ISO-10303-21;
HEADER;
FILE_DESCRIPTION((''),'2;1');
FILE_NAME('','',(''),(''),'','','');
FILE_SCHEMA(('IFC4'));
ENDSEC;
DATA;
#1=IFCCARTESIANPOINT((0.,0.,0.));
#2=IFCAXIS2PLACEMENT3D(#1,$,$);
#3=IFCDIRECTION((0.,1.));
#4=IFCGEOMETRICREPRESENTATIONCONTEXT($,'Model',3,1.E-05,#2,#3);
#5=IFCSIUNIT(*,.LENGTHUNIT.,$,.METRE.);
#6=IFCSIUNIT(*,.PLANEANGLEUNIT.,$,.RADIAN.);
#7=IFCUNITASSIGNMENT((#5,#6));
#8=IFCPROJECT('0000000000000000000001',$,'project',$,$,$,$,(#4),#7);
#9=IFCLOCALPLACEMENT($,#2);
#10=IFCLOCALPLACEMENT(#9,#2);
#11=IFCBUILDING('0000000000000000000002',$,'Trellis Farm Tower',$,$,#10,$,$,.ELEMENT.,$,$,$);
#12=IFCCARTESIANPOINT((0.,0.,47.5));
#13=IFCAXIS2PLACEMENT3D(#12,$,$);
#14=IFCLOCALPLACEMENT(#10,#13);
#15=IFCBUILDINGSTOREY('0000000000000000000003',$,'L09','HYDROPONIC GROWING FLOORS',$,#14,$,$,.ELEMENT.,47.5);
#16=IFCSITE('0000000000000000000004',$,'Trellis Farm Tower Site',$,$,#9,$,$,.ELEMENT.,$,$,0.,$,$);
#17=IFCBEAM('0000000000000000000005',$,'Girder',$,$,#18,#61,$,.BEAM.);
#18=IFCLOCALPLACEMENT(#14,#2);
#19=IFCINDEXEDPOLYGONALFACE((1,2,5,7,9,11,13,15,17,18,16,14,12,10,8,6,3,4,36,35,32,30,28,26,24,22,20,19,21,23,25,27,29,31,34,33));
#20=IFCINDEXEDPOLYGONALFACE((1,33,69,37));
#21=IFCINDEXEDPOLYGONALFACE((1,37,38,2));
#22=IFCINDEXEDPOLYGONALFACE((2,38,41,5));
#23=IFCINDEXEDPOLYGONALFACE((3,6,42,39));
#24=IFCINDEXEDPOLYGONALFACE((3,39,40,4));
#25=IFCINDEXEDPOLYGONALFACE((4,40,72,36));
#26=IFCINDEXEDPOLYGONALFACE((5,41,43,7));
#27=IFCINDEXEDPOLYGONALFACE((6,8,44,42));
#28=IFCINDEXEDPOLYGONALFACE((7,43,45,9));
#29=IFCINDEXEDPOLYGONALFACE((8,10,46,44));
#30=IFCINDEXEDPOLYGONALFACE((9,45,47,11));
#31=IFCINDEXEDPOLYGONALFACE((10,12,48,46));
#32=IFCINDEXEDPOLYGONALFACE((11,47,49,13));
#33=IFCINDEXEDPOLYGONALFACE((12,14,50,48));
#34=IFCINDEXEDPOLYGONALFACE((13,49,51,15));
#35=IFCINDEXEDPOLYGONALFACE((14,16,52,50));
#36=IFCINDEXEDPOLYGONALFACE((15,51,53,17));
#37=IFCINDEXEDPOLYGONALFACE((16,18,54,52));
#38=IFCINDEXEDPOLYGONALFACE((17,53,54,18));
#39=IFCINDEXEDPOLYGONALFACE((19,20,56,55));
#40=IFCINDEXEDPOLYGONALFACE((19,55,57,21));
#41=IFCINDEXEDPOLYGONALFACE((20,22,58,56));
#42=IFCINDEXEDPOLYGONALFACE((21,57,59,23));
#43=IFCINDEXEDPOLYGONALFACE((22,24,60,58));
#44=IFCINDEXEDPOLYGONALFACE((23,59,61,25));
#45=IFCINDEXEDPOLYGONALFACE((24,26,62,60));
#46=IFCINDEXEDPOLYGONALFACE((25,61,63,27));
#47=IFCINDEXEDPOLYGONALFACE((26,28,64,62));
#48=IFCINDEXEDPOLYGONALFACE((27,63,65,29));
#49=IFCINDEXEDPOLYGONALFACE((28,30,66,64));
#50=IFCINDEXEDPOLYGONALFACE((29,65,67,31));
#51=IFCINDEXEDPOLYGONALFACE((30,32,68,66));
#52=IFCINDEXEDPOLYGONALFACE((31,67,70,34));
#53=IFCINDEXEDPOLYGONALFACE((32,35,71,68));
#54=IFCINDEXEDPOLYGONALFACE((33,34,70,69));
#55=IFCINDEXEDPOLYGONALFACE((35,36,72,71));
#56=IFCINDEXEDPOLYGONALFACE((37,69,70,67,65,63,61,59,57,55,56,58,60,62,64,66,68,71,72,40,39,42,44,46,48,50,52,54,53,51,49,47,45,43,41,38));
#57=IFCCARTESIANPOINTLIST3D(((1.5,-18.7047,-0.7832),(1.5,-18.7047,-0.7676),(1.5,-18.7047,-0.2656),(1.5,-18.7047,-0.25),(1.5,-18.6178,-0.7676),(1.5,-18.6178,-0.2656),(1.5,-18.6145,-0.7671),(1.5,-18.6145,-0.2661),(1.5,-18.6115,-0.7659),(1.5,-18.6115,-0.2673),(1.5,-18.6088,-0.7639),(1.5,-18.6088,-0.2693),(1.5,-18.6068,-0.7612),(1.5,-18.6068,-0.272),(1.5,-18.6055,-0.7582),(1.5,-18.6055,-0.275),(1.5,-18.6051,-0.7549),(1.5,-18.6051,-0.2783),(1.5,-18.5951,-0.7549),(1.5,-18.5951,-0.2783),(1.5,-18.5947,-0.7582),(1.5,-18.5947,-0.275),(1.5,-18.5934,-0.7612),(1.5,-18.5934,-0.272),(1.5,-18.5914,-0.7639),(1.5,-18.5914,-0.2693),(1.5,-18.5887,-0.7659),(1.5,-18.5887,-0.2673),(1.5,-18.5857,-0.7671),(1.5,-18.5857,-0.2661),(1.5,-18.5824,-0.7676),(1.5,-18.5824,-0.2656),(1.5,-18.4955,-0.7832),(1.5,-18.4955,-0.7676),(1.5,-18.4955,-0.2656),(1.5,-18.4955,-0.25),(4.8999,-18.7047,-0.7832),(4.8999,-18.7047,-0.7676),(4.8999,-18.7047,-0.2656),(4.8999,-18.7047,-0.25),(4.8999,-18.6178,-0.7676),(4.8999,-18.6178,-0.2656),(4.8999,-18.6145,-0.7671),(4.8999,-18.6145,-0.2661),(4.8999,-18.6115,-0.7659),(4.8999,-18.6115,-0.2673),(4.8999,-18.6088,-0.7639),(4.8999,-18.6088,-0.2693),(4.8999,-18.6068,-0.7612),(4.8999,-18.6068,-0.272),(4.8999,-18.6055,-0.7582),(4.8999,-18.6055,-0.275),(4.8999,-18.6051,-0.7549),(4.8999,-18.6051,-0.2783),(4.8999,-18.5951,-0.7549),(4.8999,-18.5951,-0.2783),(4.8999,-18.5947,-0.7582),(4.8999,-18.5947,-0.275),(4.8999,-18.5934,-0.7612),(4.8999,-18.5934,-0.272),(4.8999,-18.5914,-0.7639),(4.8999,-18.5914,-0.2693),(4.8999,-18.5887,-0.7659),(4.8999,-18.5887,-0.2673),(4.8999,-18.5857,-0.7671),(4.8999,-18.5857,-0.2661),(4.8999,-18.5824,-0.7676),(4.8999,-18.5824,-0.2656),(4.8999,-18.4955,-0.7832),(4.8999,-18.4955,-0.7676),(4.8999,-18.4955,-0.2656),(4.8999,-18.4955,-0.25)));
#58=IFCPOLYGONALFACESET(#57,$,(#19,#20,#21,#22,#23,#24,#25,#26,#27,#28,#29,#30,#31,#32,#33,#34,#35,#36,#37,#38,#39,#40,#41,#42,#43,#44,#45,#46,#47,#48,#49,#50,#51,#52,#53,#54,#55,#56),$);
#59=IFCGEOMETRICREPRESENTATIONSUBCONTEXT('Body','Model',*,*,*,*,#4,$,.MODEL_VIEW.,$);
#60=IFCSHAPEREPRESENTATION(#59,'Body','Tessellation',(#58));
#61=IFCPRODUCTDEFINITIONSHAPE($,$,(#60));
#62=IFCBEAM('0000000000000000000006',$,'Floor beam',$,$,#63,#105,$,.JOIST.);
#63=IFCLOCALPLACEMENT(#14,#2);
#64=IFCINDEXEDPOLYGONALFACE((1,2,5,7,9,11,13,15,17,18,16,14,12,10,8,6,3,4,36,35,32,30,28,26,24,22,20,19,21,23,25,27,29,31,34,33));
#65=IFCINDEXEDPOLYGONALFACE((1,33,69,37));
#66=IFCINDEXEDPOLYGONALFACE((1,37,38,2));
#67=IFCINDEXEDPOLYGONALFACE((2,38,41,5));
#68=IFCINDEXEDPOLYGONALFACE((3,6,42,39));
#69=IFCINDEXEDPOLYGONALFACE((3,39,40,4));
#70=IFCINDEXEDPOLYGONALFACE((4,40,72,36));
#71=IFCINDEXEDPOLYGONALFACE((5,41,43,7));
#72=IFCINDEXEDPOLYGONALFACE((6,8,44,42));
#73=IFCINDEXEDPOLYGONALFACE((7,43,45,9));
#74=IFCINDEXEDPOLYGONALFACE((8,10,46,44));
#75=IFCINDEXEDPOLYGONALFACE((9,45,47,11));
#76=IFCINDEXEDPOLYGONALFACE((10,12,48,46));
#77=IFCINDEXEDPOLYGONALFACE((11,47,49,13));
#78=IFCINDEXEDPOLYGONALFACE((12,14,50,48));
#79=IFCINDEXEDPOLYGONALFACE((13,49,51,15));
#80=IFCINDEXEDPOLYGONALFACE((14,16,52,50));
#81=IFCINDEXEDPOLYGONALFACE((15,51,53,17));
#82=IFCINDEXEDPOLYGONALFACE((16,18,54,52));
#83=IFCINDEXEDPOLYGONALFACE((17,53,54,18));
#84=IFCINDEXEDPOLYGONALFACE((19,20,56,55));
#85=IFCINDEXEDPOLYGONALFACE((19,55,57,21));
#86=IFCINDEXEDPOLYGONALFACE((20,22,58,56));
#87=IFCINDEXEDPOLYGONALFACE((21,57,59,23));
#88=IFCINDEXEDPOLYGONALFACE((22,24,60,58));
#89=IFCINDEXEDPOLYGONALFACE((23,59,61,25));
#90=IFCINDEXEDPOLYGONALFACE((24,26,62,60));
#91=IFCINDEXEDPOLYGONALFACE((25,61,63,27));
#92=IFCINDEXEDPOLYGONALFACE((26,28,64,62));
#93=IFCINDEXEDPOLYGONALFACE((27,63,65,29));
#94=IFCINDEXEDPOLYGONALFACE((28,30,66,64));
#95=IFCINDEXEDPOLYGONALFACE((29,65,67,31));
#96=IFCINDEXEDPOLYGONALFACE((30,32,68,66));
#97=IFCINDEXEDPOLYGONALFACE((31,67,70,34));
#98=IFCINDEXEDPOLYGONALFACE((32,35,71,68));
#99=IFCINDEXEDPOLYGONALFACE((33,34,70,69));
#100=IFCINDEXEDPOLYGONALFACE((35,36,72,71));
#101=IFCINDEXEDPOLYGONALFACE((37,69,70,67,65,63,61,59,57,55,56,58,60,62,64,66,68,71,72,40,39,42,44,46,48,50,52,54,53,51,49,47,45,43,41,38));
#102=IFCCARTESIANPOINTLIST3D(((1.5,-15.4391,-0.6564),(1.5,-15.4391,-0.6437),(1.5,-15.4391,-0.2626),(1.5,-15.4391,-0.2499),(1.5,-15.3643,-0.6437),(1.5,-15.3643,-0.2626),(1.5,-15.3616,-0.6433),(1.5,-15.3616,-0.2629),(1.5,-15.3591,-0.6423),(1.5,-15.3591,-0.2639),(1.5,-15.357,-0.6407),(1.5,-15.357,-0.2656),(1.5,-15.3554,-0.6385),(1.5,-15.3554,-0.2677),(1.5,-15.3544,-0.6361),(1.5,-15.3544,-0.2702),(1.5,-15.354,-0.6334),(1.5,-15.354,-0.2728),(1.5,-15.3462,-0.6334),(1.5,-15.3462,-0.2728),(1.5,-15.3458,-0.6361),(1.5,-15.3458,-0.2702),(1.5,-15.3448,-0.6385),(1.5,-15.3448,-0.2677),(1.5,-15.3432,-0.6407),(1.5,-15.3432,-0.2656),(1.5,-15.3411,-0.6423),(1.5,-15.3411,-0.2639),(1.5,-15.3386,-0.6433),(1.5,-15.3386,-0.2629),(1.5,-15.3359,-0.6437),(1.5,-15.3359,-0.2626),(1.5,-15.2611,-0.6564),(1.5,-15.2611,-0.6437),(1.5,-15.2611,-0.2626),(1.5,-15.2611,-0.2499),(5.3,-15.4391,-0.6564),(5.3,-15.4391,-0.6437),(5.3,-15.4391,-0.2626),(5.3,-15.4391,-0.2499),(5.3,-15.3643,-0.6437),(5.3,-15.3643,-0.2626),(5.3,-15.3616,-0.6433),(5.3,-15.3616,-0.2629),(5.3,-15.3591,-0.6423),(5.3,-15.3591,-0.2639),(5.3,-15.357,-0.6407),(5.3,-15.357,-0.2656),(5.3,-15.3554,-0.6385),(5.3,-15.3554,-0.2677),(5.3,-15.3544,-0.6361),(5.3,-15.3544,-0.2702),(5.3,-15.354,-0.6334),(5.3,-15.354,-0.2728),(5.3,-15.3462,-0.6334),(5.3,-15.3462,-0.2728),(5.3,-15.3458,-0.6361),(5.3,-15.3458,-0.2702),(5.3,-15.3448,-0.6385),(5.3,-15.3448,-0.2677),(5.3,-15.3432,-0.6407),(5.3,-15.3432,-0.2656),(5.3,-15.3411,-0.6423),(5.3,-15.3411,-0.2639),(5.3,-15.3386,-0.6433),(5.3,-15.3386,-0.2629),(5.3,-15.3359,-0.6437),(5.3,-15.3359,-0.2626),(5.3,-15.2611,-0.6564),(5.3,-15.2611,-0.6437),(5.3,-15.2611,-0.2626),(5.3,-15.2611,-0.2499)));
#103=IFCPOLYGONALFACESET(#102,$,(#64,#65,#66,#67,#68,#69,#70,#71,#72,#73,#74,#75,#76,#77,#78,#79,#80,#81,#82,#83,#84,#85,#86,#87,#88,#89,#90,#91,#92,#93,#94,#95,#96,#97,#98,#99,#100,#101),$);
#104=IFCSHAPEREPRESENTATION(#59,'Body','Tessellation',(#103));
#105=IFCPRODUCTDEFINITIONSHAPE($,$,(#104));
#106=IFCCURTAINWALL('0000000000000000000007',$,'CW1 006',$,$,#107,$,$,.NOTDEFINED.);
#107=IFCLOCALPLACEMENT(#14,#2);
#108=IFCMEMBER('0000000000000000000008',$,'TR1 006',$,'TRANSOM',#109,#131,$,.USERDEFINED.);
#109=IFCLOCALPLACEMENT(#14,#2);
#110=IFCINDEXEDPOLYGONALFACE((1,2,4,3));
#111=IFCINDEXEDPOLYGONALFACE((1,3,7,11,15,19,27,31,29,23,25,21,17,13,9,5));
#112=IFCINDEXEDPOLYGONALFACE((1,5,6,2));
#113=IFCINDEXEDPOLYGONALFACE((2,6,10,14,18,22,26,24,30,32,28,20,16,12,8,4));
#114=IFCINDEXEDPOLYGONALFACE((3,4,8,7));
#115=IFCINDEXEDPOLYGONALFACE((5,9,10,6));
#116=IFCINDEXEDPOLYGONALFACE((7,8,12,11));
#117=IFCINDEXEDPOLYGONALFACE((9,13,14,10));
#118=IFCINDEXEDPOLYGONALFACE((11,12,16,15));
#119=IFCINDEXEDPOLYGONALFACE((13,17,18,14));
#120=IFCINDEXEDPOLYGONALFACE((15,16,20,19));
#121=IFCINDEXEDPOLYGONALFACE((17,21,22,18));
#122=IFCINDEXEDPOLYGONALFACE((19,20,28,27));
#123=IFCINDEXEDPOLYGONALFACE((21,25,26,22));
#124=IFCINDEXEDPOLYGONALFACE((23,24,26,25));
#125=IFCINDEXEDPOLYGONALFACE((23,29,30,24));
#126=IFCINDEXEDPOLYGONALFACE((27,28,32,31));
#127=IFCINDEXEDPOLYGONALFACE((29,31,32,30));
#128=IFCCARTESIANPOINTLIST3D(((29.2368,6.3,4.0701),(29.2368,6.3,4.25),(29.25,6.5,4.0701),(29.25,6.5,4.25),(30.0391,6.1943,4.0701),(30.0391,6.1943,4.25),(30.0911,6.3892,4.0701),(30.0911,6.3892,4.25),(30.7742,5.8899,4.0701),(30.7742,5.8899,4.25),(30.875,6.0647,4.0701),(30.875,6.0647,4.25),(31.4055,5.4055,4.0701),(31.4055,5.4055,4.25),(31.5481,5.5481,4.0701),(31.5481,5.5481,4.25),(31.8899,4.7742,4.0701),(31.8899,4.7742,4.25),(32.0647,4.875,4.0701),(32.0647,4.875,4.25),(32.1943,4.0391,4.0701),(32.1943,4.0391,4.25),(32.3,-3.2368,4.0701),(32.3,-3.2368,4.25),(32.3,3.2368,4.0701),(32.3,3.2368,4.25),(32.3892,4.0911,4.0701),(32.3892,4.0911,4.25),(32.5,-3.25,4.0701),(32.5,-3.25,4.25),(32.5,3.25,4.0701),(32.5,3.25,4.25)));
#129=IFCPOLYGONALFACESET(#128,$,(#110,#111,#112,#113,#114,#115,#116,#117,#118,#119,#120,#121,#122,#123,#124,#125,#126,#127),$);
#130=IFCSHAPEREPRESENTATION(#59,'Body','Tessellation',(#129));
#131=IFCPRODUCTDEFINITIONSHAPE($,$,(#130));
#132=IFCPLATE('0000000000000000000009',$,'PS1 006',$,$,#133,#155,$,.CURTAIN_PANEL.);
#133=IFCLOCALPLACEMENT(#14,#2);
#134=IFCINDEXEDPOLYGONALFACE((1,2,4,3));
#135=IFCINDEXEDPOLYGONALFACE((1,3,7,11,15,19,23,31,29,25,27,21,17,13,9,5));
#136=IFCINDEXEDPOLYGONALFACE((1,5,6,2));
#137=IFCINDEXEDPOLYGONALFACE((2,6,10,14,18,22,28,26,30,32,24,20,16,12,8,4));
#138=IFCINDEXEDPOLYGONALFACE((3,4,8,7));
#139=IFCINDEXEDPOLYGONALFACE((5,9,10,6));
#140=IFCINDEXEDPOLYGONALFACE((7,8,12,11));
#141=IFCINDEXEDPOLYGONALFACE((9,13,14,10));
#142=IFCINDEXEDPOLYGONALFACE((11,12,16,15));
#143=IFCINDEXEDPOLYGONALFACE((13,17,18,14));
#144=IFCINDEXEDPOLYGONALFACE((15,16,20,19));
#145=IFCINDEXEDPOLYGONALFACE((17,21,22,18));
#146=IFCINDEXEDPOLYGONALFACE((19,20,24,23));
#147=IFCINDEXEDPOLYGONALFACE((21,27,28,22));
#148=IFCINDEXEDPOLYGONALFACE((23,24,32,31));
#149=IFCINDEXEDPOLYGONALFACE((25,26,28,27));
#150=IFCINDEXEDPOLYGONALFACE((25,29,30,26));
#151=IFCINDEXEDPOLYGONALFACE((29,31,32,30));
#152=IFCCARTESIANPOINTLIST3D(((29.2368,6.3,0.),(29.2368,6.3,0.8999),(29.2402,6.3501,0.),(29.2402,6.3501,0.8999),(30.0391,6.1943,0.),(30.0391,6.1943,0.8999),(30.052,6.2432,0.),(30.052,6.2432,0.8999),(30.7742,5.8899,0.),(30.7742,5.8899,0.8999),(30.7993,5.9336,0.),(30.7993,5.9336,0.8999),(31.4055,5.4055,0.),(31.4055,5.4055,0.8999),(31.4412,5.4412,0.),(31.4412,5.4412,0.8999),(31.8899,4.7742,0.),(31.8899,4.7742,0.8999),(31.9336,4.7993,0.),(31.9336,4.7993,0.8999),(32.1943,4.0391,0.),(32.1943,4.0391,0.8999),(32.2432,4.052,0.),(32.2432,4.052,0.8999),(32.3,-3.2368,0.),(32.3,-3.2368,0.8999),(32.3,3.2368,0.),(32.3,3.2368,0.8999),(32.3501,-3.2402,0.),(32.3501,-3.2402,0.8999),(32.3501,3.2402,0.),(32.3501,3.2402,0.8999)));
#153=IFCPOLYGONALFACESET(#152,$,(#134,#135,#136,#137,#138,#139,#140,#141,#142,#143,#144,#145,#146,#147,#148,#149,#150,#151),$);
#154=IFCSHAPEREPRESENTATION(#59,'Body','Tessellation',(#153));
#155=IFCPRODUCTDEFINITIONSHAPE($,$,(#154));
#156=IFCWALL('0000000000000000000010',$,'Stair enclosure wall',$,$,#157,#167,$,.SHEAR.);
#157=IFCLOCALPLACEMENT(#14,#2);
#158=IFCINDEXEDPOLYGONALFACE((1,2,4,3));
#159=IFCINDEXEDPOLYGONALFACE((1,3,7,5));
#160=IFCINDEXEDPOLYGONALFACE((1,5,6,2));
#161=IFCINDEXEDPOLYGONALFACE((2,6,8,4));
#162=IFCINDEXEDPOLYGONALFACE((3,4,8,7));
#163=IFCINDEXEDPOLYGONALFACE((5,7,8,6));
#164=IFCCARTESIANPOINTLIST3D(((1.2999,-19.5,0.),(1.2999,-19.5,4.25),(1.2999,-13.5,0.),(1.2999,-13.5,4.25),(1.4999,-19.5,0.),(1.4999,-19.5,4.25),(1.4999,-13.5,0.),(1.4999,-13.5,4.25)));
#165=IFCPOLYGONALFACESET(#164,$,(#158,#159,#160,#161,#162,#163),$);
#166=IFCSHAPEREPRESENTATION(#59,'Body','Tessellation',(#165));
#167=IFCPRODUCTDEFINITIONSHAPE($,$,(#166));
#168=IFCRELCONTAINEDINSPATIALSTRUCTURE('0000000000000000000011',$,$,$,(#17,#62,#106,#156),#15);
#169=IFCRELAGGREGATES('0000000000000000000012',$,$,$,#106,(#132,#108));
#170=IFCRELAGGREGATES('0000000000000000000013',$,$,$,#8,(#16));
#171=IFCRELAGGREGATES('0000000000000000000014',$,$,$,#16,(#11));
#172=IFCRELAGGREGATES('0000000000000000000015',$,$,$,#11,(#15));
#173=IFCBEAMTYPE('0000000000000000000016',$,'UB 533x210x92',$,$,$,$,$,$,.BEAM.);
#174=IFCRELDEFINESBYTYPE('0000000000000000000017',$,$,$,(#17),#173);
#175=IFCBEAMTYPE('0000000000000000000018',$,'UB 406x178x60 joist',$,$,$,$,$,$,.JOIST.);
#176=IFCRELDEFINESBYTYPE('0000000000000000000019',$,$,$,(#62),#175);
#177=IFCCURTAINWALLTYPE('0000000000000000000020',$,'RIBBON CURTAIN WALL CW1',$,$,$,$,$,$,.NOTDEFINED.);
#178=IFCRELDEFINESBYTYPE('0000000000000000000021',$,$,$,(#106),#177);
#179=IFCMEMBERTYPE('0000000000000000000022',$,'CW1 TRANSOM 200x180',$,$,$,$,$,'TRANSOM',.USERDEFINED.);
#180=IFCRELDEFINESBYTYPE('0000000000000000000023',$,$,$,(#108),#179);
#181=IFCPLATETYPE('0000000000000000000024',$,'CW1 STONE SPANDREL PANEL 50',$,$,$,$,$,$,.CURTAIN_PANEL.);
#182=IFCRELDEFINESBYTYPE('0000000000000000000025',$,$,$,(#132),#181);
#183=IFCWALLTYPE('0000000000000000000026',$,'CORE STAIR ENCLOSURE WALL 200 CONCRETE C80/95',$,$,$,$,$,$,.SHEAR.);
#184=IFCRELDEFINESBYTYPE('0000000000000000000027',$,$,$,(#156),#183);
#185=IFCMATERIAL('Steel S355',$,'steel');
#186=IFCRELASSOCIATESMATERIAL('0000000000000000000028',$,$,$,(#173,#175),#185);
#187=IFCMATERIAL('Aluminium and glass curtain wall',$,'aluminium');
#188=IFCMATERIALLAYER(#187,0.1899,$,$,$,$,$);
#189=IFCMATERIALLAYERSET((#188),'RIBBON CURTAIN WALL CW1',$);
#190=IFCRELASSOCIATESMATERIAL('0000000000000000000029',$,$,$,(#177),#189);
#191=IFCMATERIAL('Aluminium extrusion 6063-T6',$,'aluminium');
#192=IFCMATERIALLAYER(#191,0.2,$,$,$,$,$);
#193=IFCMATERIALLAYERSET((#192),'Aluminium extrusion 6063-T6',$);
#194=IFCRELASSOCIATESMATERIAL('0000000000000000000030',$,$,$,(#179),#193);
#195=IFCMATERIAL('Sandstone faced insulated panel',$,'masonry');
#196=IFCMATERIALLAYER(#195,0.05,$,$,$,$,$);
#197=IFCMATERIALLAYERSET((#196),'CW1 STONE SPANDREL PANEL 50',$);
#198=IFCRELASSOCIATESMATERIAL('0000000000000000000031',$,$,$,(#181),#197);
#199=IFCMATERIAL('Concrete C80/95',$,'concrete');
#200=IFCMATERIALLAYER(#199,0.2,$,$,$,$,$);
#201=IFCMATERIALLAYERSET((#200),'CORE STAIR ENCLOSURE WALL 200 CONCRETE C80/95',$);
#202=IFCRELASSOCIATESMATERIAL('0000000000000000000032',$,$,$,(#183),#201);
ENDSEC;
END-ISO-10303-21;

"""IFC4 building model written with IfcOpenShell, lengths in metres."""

from ifc_helpers import new_model, si_unit, direction, frame, frame_2d, origin, origin_2d, place, context, subcontext, project, spatial, polyline, rectangle, i_section, outline, extrude, source, transform, mapped, material, layer, layer_set, material_profile, profile_set, type_object, element, aggregate, save


model = new_model("IFC4")

# Units and contexts
model_context = context("Model", 3, precision=1e-05, world=origin(), true_north=direction((0.0, 1.0)))
body_context = subcontext(model_context, "Body", "Model", "MODEL_VIEW")
ifc_project = project(units=[si_unit("LENGTHUNIT", "METRE"), si_unit("PLANEANGLEUNIT", "RADIAN")], contexts=[model_context])

# Site, building, storey
site_placement = place(None, origin())
site = spatial("IfcSite", under=ifc_project, at=site_placement, Name="Trellis Farm Tower Site", CompositionType="ELEMENT", RefElevation=0.0)
building_placement = place(site_placement, origin())
building = spatial("IfcBuilding", under=site, at=building_placement, Name="Trellis Farm Tower", CompositionType="ELEMENT")
storey_placement = place(building_placement, frame((0.0, 0.0, 47.5)))
storey = spatial("IfcBuildingStorey", under=building, at=storey_placement, Name="L09", Description="HYDROPONIC GROWING FLOORS", CompositionType="ELEMENT", Elevation=47.5)

# Beams
ifc_material_1 = material(Name="Steel S355", Category="steel")
ifc_material_profile_1 = material_profile(ifc_material_1, i_section(OverallWidth=0.2092, OverallDepth=0.5332, WebThickness=0.01, FlangeThickness=0.0156, FilletRadius=0.0127, at=origin_2d()), Name="UB 533x210x92")
ifc_profile_set_1 = profile_set([ifc_material_profile_1], Name="Steel S355")
beam_type_1 = type_object("IfcBeamType", Name="UB 533x210x92", PredefinedType="BEAM", material=ifc_profile_set_1)
shared_shape_1 = source(origin(), body_context, "Body", "SweptSolid", [
    extrude(i_section(OverallWidth=0.2092, OverallDepth=0.5332, WebThickness=0.01, FlangeThickness=0.0156, FilletRadius=0.0127, at=origin_2d()), origin(), (0.0, 0.0, 1.0), 3.3999),
])
beam_1_placement = place(storey_placement, frame((1.5, -18.6001, -0.5166), z_axis=(1.0, 0.0, 0.0), x_axis=(0.0, 1.0, 0.0)))
element("IfcBeam", 1, at=beam_1_placement, inside=storey, type_object=beam_type_1, Name="Girder", PredefinedType="BEAM", context=body_context, shape_type="MappedRepresentation", body=[
    mapped(shared_shape_1, transform((0.0, 0.0, 0.0))),
])
ifc_material_profile_2 = material_profile(ifc_material_1, i_section(OverallWidth=0.178, OverallDepth=0.4065, WebThickness=0.0078, FlangeThickness=0.0127, FilletRadius=0.0103, at=origin_2d()), Name="UB 406x178x60")
ifc_profile_set_2 = profile_set([ifc_material_profile_2], Name="Steel S355")
beam_type_2 = type_object("IfcBeamType", Name="UB 406x178x60 joist", PredefinedType="JOIST", material=ifc_profile_set_2)
shared_shape_2 = source(origin(), body_context, "Body", "SweptSolid", [
    extrude(i_section(OverallWidth=0.178, OverallDepth=0.4065, WebThickness=0.0078, FlangeThickness=0.0127, FilletRadius=0.0103, at=origin_2d()), origin(), (0.0, 0.0, 1.0), 3.8),
])
beam_2_placement = place(storey_placement, frame((1.5, -15.3501, -0.4531), z_axis=(1.0, 0.0, 0.0), x_axis=(0.0, 1.0, 0.0)))
element("IfcBeam", 2, at=beam_2_placement, inside=storey, type_object=beam_type_2, Name="Floor beam", PredefinedType="JOIST", context=body_context, shape_type="MappedRepresentation", body=[
    mapped(shared_shape_2, transform((0.0, 0.0, 0.0))),
])

# Curtain wall, member, plate
ifc_material_2 = material(Name="Aluminium and glass curtain wall", Category="aluminium")
ifc_layer_1 = layer(ifc_material_2, 0.1899)
ifc_layer_set_1 = layer_set([ifc_layer_1], Name="RIBBON CURTAIN WALL CW1")
curtain_wall_type = type_object("IfcCurtainWallType", Name="RIBBON CURTAIN WALL CW1", PredefinedType="NOTDEFINED", material=ifc_layer_set_1)
placement = place(storey_placement, origin())
curtain_wall = element("IfcCurtainWall", 3, at=placement, inside=storey, type_object=curtain_wall_type, Name="CW1 006", PredefinedType="NOTDEFINED")
ifc_material_3 = material(Name="Aluminium extrusion 6063-T6", Category="aluminium")
ifc_layer_2 = layer(ifc_material_3, 0.2)
ifc_layer_set_2 = layer_set([ifc_layer_2], Name="Aluminium extrusion 6063-T6")
member_type = type_object("IfcMemberType", Name="CW1 TRANSOM 200x180", ElementType="TRANSOM", PredefinedType="USERDEFINED", material=ifc_layer_set_2)
shared_shape_3 = source(origin(), body_context, "Body", "SweptSolid", [
    extrude(outline(polyline([(32.5, -3.25), (32.5, 3.25), (32.3892, 4.0911), (32.0647, 4.875), (31.5481, 5.5481), (30.875, 6.0647), (30.0911, 6.3892), (29.25, 6.5), (29.2368, 6.3), (30.0391, 6.1943), (30.7742, 5.8899), (31.4055, 5.4055), (31.8899, 4.7742), (32.1943, 4.0391), (32.3, 3.2368), (32.3, -3.2368), (32.5, -3.25)])), origin(), (0.0, 0.0, 1.0), 0.1799),
])
member_placement = place(storey_placement, frame((0.0, 0.0, 4.0701)))
member = element("IfcMember", 4, at=member_placement, type_object=member_type, Name="TR1 006", ObjectType="TRANSOM", PredefinedType="USERDEFINED", context=body_context, shape_type="MappedRepresentation", body=[
    mapped(shared_shape_3, transform((0.0, 0.0, 0.0))),
])
ifc_material_4 = material(Name="Sandstone faced insulated panel", Category="masonry")
ifc_layer_3 = layer(ifc_material_4, 0.05)
ifc_layer_set_3 = layer_set([ifc_layer_3], Name="CW1 STONE SPANDREL PANEL 50")
plate_type = type_object("IfcPlateType", Name="CW1 STONE SPANDREL PANEL 50", PredefinedType="CURTAIN_PANEL", material=ifc_layer_set_3)
shared_shape_4 = source(origin(), body_context, "Body", "SweptSolid", [
    extrude(outline(polyline([(32.3501, -3.2402), (32.3501, 3.2402), (32.2432, 4.052), (31.9336, 4.7993), (31.4412, 5.4412), (30.7993, 5.9336), (30.052, 6.2432), (29.2402, 6.3501), (29.2368, 6.3), (30.0391, 6.1943), (30.7742, 5.8899), (31.4055, 5.4055), (31.8899, 4.7742), (32.1943, 4.0391), (32.3, 3.2368), (32.3, -3.2368), (32.3501, -3.2402)])), origin(), (0.0, 0.0, 1.0), 0.8999),
])
plate = element("IfcPlate", 5, at=placement, type_object=plate_type, Name="PS1 006", PredefinedType="CURTAIN_PANEL", context=body_context, shape_type="MappedRepresentation", body=[
    mapped(shared_shape_4, transform((0.0, 0.0, 0.0))),
])
aggregate(curtain_wall, [plate, member])

# Wall
ifc_material_5 = material(Name="Concrete C80/95", Category="concrete")
ifc_layer_4 = layer(ifc_material_5, 0.2)
ifc_layer_set_4 = layer_set([ifc_layer_4], Name="CORE STAIR ENCLOSURE WALL 200 CONCRETE C80/95")
wall_type_1 = type_object("IfcWallType", Name="CORE STAIR ENCLOSURE WALL 200 CONCRETE C80/95", PredefinedType="SHEAR", material=ifc_layer_set_4)
shared_shape_5 = source(origin(), body_context, "Body", "SweptSolid", [
    extrude(rectangle(XDim=6.0, YDim=0.2, at=frame_2d((3.0, 0.0))), origin(), (0.0, 0.0, 1.0), 4.25),
])
wall_1_placement = place(storey_placement, frame((1.3999, -13.5, 0.0), z_axis=(0.0, 0.0, 1.0), x_axis=(0.0, -1.0, 0.0)))
element("IfcWall", 6, at=wall_1_placement, inside=storey, type_object=wall_type_1, Name="Stair enclosure wall", PredefinedType="SHEAR", context=body_context, shape_type="MappedRepresentation", body=[
    mapped(shared_shape_5, transform((0.0, 0.0, 0.0))),
])

save(model, "model.ifc")
